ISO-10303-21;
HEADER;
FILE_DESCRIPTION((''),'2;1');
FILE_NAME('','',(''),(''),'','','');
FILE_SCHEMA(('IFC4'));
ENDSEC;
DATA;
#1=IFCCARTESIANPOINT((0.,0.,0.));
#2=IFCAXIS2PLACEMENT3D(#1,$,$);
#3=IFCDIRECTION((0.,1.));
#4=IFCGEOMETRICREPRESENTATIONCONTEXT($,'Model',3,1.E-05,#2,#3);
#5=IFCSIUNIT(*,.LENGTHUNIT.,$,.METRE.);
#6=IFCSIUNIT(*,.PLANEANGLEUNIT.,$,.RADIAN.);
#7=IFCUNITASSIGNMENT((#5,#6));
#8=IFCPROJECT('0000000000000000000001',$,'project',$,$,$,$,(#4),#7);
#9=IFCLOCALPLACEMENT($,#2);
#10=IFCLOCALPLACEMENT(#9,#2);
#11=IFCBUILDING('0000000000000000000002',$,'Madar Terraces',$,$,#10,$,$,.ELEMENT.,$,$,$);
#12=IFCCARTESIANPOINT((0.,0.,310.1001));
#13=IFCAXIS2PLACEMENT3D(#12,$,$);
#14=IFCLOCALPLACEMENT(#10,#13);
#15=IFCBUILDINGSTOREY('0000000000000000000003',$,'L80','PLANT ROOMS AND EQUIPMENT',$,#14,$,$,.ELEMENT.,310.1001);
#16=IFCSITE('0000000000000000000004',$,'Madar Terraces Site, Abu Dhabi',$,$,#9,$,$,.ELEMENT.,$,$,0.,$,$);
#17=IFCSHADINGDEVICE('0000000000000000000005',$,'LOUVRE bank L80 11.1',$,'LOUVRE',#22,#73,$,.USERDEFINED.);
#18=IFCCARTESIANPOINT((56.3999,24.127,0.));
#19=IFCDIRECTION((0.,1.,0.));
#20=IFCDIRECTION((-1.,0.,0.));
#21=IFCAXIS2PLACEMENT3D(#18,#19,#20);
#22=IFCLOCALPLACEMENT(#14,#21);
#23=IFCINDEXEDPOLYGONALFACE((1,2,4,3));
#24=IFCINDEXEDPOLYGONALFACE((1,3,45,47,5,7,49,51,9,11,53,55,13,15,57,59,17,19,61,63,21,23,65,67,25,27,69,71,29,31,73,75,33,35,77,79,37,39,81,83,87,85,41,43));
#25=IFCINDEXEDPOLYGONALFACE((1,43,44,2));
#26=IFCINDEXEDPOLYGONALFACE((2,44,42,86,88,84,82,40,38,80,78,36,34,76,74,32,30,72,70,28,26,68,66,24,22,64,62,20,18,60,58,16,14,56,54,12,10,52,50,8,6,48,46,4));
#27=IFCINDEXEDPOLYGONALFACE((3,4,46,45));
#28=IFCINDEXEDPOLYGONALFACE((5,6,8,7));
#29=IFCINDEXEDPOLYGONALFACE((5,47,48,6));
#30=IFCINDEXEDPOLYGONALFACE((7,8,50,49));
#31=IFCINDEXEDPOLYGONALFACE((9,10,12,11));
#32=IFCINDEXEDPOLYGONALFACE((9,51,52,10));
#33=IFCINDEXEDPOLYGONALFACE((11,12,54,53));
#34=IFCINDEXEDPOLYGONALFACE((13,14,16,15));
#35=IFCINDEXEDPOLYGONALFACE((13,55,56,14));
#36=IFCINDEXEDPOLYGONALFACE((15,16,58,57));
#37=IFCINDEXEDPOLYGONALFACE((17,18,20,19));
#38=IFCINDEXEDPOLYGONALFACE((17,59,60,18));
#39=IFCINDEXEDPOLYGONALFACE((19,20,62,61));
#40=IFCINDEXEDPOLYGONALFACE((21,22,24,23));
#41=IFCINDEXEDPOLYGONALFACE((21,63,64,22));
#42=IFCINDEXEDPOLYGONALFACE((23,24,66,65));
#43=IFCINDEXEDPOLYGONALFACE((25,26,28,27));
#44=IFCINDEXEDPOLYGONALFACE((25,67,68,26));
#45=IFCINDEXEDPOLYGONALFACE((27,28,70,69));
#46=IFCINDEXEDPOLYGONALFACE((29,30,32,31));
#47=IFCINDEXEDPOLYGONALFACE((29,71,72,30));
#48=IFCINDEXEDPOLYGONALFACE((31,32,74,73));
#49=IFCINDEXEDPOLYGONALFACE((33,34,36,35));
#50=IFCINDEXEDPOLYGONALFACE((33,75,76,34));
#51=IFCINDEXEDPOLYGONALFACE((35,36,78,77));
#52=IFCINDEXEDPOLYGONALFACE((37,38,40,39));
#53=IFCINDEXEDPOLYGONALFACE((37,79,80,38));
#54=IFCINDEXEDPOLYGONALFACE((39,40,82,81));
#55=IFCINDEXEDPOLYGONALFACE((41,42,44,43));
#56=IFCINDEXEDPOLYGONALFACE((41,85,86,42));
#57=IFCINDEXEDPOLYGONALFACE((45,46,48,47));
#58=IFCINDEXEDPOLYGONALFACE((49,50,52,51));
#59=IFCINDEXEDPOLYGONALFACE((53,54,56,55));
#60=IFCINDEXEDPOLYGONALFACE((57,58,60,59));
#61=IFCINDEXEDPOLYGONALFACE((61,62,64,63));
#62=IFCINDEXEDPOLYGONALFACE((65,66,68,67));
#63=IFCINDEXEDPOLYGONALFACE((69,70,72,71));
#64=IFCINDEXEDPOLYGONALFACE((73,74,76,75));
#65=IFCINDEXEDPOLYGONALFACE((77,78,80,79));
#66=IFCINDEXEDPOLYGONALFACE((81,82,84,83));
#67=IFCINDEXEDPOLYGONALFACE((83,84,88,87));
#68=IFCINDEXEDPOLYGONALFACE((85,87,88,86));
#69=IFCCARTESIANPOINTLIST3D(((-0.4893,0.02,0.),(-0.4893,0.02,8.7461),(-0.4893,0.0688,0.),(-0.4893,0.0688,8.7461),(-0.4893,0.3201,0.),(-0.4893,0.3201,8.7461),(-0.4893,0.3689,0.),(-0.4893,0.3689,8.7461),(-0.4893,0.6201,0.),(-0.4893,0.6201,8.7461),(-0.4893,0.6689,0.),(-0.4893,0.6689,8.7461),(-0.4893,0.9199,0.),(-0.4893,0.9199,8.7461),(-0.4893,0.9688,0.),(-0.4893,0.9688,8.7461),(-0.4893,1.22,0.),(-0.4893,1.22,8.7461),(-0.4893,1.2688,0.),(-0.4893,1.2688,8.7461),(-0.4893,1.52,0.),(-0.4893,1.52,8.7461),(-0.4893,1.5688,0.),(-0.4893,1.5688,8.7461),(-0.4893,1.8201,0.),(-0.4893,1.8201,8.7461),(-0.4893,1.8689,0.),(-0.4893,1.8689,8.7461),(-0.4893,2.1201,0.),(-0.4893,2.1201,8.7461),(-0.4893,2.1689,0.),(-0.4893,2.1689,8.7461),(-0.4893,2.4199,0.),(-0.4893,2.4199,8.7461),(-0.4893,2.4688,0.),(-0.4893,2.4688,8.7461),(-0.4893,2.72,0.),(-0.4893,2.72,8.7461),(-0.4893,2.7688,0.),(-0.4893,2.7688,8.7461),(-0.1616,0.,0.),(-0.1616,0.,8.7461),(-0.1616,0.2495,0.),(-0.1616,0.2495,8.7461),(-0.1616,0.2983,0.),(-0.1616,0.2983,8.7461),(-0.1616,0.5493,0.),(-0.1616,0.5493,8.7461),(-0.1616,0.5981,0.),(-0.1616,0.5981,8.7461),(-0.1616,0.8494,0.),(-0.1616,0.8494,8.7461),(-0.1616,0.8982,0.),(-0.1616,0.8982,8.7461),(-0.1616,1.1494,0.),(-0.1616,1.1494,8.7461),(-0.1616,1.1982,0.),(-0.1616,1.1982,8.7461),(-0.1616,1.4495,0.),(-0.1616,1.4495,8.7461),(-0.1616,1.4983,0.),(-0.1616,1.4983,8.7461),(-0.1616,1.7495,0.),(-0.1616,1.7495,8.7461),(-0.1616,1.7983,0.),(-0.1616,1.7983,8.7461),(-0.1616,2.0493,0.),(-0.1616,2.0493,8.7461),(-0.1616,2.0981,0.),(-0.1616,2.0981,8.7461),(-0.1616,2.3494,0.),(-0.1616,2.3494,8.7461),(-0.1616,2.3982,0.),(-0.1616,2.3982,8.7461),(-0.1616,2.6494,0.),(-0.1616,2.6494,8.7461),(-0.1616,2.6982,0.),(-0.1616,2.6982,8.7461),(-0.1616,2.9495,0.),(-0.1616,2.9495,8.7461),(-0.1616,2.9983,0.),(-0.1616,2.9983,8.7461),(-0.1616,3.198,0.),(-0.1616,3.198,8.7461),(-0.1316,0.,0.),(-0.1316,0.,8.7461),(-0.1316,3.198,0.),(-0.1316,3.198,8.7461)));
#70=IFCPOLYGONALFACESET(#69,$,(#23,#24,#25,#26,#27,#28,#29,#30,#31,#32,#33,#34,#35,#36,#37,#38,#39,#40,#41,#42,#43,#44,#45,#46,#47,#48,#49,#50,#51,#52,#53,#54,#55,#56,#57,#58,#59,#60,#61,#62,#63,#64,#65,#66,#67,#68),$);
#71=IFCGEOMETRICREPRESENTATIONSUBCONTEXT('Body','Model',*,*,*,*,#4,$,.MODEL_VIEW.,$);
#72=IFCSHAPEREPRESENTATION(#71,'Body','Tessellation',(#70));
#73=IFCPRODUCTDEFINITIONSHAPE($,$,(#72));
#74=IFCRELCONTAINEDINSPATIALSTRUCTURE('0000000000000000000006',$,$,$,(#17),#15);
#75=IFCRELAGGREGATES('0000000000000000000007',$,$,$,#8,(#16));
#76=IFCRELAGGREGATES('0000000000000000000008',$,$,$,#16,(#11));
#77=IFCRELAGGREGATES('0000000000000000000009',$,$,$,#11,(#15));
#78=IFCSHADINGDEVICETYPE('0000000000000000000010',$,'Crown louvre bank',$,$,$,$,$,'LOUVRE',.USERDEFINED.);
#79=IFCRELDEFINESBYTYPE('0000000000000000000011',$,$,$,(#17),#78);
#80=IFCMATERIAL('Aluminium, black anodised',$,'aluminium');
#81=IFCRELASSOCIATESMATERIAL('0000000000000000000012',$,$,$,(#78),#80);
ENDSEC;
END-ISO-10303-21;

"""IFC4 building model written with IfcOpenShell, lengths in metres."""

from ifc_helpers import new_model, si_unit, direction, frame, origin, place, context, subcontext, project, spatial, polyline, outline, extrude, material, type_object, element, save


model = new_model("IFC4")

# Units and contexts
model_context = context("Model", 3, precision=1e-05, world=origin(), true_north=direction((0.0, 1.0)))
body_context = subcontext(model_context, "Body", "Model", "MODEL_VIEW")
ifc_project = project(units=[si_unit("LENGTHUNIT", "METRE"), si_unit("PLANEANGLEUNIT", "RADIAN")], contexts=[model_context])

# Site, building, storey
site_placement = place(None, origin())
site = spatial("IfcSite", under=ifc_project, at=site_placement, Name="Madar Terraces Site, Abu Dhabi", CompositionType="ELEMENT", RefElevation=0.0)
building_placement = place(site_placement, origin())
building = spatial("IfcBuilding", under=site, at=building_placement, Name="Madar Terraces", CompositionType="ELEMENT")
storey_placement = place(building_placement, frame((0.0, 0.0, 310.1001)))
storey = spatial("IfcBuildingStorey", under=building, at=storey_placement, Name="L80", Description="PLANT ROOMS AND EQUIPMENT", CompositionType="ELEMENT", Elevation=310.1001)

# Shading device
ifc_material_1 = material(Name="Aluminium, black anodised", Category="aluminium")
shading_device_type = type_object("IfcShadingDeviceType", Name="Crown louvre bank", ElementType="LOUVRE", PredefinedType="USERDEFINED", material=ifc_material_1)
shading_device_1_placement = place(storey_placement, frame((56.3999, 24.127, 0.0), z_axis=(0.0, 1.0, 0.0), x_axis=(-1.0, 0.0, 0.0)))
element("IfcShadingDevice", 1, at=shading_device_1_placement, inside=storey, type_object=shading_device_type, Name="LOUVRE bank L80 11.1", ObjectType="LOUVRE", PredefinedType="USERDEFINED", context=body_context, shape_type="SweptSolid", body=[
    extrude(outline(polyline([(-0.1316, 0.0), (-0.1616, 0.0), (-0.1616, 0.2495), (-0.4893, 0.02), (-0.4893, 0.0688), (-0.1616, 0.2983), (-0.1616, 0.5493), (-0.4893, 0.3201), (-0.4893, 0.3689), (-0.1616, 0.5981), (-0.1616, 0.8494), (-0.4893, 0.6201), (-0.4893, 0.6689), (-0.1616, 0.8982), (-0.1616, 1.1494), (-0.4893, 0.9199), (-0.4893, 0.9688), (-0.1616, 1.1982), (-0.1616, 1.4495), (-0.4893, 1.22), (-0.4893, 1.2688), (-0.1616, 1.4983), (-0.1616, 1.7495), (-0.4893, 1.52), (-0.4893, 1.5688), (-0.1616, 1.7983), (-0.1616, 2.0493), (-0.4893, 1.8201), (-0.4893, 1.8689), (-0.1616, 2.0981), (-0.1616, 2.3494), (-0.4893, 2.1201), (-0.4893, 2.1689), (-0.1616, 2.3982), (-0.1616, 2.6494), (-0.4893, 2.4199), (-0.4893, 2.4688), (-0.1616, 2.6982), (-0.1616, 2.9495), (-0.4893, 2.72), (-0.4893, 2.7688), (-0.1616, 2.9983), (-0.1616, 3.198), (-0.1316, 3.198), (-0.1316, 0.0)])), origin(), (0.0, 0.0, 1.0), 8.7461),
])

save(model, "model.ifc")
